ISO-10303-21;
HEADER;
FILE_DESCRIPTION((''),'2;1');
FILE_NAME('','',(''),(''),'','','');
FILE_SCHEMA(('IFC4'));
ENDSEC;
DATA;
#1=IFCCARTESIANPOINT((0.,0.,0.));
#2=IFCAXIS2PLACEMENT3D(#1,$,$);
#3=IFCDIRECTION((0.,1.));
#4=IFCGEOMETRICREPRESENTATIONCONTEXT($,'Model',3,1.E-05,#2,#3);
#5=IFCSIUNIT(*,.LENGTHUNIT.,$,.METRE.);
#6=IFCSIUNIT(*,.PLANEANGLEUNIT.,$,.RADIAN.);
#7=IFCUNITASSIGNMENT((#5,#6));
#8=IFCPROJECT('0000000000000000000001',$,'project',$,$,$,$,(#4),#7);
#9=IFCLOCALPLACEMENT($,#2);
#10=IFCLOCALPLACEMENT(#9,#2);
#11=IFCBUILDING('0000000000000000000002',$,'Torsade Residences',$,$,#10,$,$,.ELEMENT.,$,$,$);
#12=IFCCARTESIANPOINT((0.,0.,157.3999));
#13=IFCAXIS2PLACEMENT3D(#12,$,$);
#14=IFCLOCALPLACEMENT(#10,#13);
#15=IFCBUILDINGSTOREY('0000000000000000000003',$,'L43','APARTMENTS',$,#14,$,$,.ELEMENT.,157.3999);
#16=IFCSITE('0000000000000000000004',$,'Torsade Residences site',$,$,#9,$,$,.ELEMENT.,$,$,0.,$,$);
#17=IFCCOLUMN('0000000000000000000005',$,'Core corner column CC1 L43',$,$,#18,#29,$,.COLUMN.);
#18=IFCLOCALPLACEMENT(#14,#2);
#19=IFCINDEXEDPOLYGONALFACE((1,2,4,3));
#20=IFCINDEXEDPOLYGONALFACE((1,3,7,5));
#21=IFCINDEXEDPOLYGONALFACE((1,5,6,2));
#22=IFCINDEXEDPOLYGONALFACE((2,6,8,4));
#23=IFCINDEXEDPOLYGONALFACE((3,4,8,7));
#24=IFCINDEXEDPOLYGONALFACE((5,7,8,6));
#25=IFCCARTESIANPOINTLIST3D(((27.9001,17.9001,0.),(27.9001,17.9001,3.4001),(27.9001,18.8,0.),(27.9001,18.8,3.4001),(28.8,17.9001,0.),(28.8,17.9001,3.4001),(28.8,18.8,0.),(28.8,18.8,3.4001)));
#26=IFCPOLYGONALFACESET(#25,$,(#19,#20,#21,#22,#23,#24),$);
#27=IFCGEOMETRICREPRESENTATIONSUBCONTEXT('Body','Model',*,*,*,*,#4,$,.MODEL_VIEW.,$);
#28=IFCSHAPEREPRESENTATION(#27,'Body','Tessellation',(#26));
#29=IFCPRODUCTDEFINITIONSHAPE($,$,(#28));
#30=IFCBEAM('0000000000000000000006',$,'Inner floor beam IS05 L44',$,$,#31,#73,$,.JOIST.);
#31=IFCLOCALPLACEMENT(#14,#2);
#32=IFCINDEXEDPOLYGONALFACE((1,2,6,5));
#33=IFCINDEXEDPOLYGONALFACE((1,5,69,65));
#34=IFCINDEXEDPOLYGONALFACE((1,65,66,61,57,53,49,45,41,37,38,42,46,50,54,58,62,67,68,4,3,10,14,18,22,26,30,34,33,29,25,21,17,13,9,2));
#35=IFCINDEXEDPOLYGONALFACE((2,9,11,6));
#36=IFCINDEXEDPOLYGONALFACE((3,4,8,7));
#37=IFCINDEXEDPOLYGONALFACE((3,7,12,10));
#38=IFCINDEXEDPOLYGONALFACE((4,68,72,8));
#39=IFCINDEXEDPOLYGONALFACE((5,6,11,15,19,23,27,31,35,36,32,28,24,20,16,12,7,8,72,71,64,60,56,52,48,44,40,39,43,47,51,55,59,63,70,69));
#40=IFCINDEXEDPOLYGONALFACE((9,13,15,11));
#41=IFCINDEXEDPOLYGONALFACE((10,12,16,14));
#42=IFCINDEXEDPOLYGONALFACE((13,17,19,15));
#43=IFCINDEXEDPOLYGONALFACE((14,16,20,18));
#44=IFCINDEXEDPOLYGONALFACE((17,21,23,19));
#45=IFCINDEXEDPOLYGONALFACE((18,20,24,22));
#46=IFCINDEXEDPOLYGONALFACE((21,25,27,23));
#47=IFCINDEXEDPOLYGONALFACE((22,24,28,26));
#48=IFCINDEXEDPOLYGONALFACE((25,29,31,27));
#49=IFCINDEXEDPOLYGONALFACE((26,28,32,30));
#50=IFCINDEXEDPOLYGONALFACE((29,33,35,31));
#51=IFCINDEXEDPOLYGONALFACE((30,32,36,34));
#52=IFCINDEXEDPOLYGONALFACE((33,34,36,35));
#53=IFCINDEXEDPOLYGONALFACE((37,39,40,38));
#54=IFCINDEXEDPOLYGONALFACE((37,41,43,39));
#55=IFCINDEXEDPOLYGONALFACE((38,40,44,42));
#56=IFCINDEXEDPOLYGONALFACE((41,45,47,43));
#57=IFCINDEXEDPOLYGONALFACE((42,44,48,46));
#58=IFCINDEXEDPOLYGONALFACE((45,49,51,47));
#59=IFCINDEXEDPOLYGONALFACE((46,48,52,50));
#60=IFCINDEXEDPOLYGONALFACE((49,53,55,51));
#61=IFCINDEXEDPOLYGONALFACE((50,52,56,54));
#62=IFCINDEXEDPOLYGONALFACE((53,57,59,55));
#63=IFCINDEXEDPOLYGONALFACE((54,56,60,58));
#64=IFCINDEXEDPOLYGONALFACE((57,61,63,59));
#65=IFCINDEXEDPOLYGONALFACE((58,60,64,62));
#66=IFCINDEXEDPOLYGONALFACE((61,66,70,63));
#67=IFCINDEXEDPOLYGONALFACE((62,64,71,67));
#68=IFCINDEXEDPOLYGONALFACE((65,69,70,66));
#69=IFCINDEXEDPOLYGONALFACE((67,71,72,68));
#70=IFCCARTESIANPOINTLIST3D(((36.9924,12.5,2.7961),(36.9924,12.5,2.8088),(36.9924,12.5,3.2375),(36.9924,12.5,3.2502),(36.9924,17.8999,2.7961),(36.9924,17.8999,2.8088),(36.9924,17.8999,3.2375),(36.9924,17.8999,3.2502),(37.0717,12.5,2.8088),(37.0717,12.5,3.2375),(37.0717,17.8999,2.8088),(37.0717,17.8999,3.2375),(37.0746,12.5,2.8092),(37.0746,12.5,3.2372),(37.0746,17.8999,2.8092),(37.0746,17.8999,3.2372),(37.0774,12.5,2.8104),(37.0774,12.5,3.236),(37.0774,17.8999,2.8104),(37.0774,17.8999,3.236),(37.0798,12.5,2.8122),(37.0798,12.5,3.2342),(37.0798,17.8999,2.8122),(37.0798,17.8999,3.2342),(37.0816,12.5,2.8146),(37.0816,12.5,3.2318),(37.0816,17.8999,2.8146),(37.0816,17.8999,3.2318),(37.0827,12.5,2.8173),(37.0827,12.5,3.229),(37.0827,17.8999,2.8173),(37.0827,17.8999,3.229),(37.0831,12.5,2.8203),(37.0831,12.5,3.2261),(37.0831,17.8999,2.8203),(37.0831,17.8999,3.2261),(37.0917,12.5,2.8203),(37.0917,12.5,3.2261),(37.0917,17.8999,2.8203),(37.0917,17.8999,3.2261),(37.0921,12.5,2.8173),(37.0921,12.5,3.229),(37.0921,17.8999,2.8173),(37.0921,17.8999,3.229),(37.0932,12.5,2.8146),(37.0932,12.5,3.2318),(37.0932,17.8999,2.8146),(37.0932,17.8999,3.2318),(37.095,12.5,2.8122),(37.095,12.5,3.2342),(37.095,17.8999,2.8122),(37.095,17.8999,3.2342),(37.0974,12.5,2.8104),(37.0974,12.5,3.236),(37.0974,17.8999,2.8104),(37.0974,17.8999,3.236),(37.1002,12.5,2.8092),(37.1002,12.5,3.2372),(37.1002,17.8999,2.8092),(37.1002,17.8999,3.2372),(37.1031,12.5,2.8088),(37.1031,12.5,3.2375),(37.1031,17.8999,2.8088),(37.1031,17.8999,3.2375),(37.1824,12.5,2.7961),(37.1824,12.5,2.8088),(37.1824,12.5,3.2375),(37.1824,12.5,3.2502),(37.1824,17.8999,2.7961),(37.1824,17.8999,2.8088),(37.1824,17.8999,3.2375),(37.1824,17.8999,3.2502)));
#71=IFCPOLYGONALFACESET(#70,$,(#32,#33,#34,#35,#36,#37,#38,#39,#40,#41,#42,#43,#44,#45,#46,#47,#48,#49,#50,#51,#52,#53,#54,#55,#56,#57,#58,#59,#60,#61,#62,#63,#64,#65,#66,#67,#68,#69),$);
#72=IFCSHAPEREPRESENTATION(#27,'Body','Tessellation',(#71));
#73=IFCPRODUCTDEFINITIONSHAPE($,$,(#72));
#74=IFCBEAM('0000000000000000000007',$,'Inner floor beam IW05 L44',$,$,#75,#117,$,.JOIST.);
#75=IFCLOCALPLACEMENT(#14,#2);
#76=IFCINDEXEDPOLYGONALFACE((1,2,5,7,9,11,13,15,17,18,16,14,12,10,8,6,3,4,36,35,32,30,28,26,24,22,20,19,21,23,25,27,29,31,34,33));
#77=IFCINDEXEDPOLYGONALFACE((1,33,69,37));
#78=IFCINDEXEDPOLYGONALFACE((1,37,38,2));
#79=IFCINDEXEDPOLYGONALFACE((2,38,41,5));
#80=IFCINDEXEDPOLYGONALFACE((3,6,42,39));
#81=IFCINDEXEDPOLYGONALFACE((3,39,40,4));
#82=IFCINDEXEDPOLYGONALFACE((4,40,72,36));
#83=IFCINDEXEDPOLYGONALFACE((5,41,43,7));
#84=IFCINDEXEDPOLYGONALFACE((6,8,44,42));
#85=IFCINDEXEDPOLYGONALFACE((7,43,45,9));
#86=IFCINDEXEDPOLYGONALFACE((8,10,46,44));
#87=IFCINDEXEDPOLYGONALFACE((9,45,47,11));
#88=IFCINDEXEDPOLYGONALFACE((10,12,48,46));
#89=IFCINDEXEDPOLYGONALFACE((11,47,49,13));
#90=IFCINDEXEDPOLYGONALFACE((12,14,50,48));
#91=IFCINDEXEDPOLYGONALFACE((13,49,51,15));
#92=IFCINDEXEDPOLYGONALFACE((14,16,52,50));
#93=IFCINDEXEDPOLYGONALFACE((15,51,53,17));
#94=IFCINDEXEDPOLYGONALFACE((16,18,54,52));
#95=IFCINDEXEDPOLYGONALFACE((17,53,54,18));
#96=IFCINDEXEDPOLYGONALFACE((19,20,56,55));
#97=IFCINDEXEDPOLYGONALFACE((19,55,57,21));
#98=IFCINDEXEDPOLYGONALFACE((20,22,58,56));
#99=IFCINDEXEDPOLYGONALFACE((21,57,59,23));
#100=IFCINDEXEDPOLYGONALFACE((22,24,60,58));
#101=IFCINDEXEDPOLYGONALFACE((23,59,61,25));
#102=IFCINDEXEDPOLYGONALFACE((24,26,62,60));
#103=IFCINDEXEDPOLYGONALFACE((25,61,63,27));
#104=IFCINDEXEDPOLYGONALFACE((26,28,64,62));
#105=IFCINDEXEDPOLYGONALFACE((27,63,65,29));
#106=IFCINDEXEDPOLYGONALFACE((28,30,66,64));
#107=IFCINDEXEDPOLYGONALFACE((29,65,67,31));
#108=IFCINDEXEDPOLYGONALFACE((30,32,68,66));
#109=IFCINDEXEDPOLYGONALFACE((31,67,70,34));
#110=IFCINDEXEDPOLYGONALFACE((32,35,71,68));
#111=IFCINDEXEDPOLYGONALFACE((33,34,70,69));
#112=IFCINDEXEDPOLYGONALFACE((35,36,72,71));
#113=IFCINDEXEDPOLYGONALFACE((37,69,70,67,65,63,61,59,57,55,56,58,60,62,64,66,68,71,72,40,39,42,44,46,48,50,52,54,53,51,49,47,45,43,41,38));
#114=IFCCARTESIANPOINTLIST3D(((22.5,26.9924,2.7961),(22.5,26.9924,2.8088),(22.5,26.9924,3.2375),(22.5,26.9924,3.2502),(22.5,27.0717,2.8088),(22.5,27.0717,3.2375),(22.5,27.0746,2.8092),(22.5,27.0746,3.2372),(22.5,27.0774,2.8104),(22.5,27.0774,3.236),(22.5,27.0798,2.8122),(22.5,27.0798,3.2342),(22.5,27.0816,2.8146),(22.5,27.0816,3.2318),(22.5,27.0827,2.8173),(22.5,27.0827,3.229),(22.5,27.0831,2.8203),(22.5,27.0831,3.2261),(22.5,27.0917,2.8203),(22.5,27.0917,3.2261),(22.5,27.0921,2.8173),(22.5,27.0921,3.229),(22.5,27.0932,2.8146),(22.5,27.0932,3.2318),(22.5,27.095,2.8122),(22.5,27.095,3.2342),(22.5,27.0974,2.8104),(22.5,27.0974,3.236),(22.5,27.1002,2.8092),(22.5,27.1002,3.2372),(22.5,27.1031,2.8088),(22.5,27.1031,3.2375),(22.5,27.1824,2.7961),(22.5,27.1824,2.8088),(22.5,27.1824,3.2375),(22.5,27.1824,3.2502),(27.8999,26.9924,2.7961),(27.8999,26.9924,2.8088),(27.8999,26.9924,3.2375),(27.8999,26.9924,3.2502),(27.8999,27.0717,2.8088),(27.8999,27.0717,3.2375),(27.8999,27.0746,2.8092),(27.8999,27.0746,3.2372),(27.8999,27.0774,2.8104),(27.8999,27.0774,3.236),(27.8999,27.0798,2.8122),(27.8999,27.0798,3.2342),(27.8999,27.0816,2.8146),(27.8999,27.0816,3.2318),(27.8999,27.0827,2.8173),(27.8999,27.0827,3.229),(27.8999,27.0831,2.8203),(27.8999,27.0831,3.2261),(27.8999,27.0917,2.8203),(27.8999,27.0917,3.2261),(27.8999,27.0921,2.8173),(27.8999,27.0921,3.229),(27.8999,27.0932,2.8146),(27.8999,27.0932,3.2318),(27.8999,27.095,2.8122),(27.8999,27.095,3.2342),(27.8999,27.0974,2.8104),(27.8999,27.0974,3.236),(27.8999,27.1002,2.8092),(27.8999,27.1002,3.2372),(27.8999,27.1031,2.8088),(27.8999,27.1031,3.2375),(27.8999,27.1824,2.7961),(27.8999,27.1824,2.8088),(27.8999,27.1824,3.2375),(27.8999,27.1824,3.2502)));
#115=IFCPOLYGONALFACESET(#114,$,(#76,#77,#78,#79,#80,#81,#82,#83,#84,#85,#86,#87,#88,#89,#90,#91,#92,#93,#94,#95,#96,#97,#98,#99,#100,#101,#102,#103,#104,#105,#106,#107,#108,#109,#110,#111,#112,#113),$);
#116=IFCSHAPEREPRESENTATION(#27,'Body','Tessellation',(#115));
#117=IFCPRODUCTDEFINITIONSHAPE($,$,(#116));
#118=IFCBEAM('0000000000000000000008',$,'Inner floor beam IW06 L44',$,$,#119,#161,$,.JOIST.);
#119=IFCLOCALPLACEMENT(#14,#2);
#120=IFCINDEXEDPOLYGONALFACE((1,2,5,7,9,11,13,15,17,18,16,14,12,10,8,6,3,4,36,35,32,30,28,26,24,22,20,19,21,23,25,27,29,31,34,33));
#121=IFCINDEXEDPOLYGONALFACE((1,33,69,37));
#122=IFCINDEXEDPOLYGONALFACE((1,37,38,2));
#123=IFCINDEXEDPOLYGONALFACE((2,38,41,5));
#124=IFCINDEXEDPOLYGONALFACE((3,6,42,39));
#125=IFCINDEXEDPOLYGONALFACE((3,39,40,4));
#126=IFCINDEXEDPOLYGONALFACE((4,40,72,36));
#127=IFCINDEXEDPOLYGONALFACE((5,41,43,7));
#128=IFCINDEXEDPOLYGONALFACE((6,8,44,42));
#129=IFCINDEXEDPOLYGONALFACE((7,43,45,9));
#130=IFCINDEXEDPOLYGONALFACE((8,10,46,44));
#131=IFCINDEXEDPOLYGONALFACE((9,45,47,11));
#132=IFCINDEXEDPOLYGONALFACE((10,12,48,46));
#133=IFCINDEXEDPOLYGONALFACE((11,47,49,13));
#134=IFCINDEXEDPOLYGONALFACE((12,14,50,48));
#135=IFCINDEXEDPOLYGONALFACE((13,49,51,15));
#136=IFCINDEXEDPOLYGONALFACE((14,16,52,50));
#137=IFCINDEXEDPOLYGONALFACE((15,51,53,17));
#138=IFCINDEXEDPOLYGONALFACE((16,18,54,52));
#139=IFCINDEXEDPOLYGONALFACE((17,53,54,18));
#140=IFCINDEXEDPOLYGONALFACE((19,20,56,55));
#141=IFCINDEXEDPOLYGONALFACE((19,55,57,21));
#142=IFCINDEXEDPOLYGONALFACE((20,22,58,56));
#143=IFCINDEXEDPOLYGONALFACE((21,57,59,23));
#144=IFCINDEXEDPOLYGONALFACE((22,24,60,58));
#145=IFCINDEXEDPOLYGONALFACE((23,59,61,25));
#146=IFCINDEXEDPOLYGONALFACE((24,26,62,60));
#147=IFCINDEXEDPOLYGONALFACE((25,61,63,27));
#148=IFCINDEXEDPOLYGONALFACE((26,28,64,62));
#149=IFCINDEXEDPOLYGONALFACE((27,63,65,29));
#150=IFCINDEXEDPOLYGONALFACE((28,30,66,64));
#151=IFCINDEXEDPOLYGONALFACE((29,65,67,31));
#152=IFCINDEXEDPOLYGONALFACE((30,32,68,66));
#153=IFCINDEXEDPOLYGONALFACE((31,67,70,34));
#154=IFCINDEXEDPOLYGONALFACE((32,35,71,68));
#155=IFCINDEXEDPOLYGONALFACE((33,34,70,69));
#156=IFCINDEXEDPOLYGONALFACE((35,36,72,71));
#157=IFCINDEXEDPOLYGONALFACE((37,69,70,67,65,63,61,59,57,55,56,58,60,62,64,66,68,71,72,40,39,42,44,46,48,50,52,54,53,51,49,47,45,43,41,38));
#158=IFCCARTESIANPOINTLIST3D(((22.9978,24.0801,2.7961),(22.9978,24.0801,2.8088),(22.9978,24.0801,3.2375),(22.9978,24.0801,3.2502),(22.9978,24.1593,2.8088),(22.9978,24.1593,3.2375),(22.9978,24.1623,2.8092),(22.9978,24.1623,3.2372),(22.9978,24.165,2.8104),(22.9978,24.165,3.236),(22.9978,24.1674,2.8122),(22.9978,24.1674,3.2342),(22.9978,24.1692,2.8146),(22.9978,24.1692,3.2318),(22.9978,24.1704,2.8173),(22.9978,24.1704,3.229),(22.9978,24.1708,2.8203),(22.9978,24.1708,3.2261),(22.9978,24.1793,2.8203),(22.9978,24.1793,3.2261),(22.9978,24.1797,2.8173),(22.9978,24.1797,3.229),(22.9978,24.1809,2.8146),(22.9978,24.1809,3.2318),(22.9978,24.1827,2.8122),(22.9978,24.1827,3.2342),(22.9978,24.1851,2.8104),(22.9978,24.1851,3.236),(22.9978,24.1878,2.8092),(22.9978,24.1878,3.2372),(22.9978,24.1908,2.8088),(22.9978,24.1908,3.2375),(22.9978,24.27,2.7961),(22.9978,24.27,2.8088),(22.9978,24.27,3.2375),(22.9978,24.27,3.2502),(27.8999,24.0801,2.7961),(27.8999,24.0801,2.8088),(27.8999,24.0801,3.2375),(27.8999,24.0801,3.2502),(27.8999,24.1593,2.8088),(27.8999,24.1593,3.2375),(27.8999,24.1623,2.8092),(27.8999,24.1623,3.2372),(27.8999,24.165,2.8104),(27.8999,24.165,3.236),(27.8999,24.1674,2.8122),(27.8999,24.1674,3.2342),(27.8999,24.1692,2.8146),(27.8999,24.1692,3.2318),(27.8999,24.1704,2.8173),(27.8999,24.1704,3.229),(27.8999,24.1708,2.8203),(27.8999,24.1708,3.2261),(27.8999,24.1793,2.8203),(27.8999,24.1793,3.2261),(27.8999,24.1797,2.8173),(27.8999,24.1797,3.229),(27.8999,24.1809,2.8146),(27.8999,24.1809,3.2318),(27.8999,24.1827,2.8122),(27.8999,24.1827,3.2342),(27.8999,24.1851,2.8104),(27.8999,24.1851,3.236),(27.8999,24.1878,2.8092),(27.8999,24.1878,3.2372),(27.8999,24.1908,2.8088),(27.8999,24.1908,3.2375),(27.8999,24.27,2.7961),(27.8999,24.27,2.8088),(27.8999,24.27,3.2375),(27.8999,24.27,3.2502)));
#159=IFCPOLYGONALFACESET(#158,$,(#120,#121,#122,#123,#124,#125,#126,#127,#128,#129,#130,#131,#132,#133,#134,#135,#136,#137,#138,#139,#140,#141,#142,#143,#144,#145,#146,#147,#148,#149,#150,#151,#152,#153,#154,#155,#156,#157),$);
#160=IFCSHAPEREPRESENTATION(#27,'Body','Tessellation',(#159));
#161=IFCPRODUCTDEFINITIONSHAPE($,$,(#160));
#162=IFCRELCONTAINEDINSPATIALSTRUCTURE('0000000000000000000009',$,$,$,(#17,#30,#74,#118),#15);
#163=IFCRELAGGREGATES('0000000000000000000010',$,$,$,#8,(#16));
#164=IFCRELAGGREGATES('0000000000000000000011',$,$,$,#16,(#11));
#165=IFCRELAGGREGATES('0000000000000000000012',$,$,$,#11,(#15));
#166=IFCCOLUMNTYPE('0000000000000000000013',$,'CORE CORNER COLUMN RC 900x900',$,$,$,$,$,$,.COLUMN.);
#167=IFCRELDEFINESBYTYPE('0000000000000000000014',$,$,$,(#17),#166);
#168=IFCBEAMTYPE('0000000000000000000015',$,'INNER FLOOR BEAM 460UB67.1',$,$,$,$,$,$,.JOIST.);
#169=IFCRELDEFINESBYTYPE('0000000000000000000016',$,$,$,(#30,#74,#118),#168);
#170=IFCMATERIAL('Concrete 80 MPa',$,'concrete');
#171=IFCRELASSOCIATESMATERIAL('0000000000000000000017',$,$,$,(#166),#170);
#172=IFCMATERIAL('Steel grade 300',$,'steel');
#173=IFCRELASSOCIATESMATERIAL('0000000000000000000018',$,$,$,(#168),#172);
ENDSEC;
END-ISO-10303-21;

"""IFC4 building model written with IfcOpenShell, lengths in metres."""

from ifc_helpers import new_model, si_unit, direction, frame, origin, origin_2d, place, context, subcontext, project, spatial, rectangle, i_section, extrude, material, material_profile, profile_set, type_object, element, save


model = new_model("IFC4")

# Units and contexts
model_context = context("Model", 3, precision=1e-05, world=origin(), true_north=direction((0.0, 1.0)))
body_context = subcontext(model_context, "Body", "Model", "MODEL_VIEW")
ifc_project = project(units=[si_unit("LENGTHUNIT", "METRE"), si_unit("PLANEANGLEUNIT", "RADIAN")], contexts=[model_context])

# Site, building, storey
site_placement = place(None, origin())
site = spatial("IfcSite", under=ifc_project, at=site_placement, Name="Torsade Residences site", CompositionType="ELEMENT", RefElevation=0.0)
building_placement = place(site_placement, origin())
building = spatial("IfcBuilding", under=site, at=building_placement, Name="Torsade Residences", CompositionType="ELEMENT")
storey_placement = place(building_placement, frame((0.0, 0.0, 157.3999)))
storey = spatial("IfcBuildingStorey", under=building, at=storey_placement, Name="L43", Description="APARTMENTS", CompositionType="ELEMENT", Elevation=157.3999)

# Column
ifc_material_1 = material(Name="Concrete 80 MPa", Category="concrete")
ifc_material_profile_1 = material_profile(ifc_material_1, rectangle(XDim=0.8999, YDim=0.8999, at=origin_2d()), Name="RC 900x900")
ifc_profile_set_1 = profile_set([ifc_material_profile_1], Name="Concrete 80 MPa")
column_type = type_object("IfcColumnType", Name="CORE CORNER COLUMN RC 900x900", PredefinedType="COLUMN", material=ifc_profile_set_1)
column_placement = place(storey_placement, frame((28.3501, 18.3501, 0.0), z_axis=(0.0, 0.0, 1.0), x_axis=(1.0, 0.0, 0.0)))
element("IfcColumn", 1, at=column_placement, inside=storey, type_object=column_type, Name="Core corner column CC1 L43", PredefinedType="COLUMN", context=body_context, shape_type="SweptSolid", body=[
    extrude(rectangle(XDim=0.8999, YDim=0.8999, at=origin_2d()), origin(), (0.0, 0.0, 1.0), 3.4001),
])

# Beams
ifc_material_2 = material(Name="Steel grade 300", Category="steel")
ifc_material_profile_2 = material_profile(ifc_material_2, i_section(OverallWidth=0.1899, OverallDepth=0.4541, WebThickness=0.0085, FlangeThickness=0.0127, FilletRadius=0.0115, at=origin_2d()), Name="460UB67.1")
ifc_profile_set_2 = profile_set([ifc_material_profile_2], Name="Steel grade 300")
beam_type = type_object("IfcBeamType", Name="INNER FLOOR BEAM 460UB67.1", PredefinedType="JOIST", material=ifc_profile_set_2)
for number, where, z_axis, x_axis, name in (
    (2, (37.0874, 17.8999, 3.0232), (0.0, -1.0, 0.0), (1.0, 0.0, 0.0), "Inner floor beam IS05 L44"),
    (3, (27.8999, 27.0874, 3.0232), (-1.0, 0.0, 0.0), (0.0, -1.0, 0.0), "Inner floor beam IW05 L44"),
):
    element("IfcBeam", number, at=place(storey_placement, frame(where, z_axis=z_axis, x_axis=x_axis)), inside=storey, type_object=beam_type, Name=name, PredefinedType="JOIST", context=body_context, shape_type="SweptSolid", body=[
        extrude(i_section(OverallWidth=0.1899, OverallDepth=0.4541, WebThickness=0.0085, FlangeThickness=0.0127, FilletRadius=0.0115, at=origin_2d()), origin(), (0.0, 0.0, 1.0), 5.3999),
    ])
beam_1_placement = place(storey_placement, frame((27.8999, 24.175, 3.0232), z_axis=(-1.0, 0.0, 0.0), x_axis=(0.0, -1.0, 0.0)))
element("IfcBeam", 4, at=beam_1_placement, inside=storey, type_object=beam_type, Name="Inner floor beam IW06 L44", PredefinedType="JOIST", context=body_context, shape_type="SweptSolid", body=[
    extrude(i_section(OverallWidth=0.1899, OverallDepth=0.4541, WebThickness=0.0085, FlangeThickness=0.0127, FilletRadius=0.0115, at=origin_2d()), origin(), (0.0, 0.0, 1.0), 4.9021),
])

save(model, "model.ifc")
